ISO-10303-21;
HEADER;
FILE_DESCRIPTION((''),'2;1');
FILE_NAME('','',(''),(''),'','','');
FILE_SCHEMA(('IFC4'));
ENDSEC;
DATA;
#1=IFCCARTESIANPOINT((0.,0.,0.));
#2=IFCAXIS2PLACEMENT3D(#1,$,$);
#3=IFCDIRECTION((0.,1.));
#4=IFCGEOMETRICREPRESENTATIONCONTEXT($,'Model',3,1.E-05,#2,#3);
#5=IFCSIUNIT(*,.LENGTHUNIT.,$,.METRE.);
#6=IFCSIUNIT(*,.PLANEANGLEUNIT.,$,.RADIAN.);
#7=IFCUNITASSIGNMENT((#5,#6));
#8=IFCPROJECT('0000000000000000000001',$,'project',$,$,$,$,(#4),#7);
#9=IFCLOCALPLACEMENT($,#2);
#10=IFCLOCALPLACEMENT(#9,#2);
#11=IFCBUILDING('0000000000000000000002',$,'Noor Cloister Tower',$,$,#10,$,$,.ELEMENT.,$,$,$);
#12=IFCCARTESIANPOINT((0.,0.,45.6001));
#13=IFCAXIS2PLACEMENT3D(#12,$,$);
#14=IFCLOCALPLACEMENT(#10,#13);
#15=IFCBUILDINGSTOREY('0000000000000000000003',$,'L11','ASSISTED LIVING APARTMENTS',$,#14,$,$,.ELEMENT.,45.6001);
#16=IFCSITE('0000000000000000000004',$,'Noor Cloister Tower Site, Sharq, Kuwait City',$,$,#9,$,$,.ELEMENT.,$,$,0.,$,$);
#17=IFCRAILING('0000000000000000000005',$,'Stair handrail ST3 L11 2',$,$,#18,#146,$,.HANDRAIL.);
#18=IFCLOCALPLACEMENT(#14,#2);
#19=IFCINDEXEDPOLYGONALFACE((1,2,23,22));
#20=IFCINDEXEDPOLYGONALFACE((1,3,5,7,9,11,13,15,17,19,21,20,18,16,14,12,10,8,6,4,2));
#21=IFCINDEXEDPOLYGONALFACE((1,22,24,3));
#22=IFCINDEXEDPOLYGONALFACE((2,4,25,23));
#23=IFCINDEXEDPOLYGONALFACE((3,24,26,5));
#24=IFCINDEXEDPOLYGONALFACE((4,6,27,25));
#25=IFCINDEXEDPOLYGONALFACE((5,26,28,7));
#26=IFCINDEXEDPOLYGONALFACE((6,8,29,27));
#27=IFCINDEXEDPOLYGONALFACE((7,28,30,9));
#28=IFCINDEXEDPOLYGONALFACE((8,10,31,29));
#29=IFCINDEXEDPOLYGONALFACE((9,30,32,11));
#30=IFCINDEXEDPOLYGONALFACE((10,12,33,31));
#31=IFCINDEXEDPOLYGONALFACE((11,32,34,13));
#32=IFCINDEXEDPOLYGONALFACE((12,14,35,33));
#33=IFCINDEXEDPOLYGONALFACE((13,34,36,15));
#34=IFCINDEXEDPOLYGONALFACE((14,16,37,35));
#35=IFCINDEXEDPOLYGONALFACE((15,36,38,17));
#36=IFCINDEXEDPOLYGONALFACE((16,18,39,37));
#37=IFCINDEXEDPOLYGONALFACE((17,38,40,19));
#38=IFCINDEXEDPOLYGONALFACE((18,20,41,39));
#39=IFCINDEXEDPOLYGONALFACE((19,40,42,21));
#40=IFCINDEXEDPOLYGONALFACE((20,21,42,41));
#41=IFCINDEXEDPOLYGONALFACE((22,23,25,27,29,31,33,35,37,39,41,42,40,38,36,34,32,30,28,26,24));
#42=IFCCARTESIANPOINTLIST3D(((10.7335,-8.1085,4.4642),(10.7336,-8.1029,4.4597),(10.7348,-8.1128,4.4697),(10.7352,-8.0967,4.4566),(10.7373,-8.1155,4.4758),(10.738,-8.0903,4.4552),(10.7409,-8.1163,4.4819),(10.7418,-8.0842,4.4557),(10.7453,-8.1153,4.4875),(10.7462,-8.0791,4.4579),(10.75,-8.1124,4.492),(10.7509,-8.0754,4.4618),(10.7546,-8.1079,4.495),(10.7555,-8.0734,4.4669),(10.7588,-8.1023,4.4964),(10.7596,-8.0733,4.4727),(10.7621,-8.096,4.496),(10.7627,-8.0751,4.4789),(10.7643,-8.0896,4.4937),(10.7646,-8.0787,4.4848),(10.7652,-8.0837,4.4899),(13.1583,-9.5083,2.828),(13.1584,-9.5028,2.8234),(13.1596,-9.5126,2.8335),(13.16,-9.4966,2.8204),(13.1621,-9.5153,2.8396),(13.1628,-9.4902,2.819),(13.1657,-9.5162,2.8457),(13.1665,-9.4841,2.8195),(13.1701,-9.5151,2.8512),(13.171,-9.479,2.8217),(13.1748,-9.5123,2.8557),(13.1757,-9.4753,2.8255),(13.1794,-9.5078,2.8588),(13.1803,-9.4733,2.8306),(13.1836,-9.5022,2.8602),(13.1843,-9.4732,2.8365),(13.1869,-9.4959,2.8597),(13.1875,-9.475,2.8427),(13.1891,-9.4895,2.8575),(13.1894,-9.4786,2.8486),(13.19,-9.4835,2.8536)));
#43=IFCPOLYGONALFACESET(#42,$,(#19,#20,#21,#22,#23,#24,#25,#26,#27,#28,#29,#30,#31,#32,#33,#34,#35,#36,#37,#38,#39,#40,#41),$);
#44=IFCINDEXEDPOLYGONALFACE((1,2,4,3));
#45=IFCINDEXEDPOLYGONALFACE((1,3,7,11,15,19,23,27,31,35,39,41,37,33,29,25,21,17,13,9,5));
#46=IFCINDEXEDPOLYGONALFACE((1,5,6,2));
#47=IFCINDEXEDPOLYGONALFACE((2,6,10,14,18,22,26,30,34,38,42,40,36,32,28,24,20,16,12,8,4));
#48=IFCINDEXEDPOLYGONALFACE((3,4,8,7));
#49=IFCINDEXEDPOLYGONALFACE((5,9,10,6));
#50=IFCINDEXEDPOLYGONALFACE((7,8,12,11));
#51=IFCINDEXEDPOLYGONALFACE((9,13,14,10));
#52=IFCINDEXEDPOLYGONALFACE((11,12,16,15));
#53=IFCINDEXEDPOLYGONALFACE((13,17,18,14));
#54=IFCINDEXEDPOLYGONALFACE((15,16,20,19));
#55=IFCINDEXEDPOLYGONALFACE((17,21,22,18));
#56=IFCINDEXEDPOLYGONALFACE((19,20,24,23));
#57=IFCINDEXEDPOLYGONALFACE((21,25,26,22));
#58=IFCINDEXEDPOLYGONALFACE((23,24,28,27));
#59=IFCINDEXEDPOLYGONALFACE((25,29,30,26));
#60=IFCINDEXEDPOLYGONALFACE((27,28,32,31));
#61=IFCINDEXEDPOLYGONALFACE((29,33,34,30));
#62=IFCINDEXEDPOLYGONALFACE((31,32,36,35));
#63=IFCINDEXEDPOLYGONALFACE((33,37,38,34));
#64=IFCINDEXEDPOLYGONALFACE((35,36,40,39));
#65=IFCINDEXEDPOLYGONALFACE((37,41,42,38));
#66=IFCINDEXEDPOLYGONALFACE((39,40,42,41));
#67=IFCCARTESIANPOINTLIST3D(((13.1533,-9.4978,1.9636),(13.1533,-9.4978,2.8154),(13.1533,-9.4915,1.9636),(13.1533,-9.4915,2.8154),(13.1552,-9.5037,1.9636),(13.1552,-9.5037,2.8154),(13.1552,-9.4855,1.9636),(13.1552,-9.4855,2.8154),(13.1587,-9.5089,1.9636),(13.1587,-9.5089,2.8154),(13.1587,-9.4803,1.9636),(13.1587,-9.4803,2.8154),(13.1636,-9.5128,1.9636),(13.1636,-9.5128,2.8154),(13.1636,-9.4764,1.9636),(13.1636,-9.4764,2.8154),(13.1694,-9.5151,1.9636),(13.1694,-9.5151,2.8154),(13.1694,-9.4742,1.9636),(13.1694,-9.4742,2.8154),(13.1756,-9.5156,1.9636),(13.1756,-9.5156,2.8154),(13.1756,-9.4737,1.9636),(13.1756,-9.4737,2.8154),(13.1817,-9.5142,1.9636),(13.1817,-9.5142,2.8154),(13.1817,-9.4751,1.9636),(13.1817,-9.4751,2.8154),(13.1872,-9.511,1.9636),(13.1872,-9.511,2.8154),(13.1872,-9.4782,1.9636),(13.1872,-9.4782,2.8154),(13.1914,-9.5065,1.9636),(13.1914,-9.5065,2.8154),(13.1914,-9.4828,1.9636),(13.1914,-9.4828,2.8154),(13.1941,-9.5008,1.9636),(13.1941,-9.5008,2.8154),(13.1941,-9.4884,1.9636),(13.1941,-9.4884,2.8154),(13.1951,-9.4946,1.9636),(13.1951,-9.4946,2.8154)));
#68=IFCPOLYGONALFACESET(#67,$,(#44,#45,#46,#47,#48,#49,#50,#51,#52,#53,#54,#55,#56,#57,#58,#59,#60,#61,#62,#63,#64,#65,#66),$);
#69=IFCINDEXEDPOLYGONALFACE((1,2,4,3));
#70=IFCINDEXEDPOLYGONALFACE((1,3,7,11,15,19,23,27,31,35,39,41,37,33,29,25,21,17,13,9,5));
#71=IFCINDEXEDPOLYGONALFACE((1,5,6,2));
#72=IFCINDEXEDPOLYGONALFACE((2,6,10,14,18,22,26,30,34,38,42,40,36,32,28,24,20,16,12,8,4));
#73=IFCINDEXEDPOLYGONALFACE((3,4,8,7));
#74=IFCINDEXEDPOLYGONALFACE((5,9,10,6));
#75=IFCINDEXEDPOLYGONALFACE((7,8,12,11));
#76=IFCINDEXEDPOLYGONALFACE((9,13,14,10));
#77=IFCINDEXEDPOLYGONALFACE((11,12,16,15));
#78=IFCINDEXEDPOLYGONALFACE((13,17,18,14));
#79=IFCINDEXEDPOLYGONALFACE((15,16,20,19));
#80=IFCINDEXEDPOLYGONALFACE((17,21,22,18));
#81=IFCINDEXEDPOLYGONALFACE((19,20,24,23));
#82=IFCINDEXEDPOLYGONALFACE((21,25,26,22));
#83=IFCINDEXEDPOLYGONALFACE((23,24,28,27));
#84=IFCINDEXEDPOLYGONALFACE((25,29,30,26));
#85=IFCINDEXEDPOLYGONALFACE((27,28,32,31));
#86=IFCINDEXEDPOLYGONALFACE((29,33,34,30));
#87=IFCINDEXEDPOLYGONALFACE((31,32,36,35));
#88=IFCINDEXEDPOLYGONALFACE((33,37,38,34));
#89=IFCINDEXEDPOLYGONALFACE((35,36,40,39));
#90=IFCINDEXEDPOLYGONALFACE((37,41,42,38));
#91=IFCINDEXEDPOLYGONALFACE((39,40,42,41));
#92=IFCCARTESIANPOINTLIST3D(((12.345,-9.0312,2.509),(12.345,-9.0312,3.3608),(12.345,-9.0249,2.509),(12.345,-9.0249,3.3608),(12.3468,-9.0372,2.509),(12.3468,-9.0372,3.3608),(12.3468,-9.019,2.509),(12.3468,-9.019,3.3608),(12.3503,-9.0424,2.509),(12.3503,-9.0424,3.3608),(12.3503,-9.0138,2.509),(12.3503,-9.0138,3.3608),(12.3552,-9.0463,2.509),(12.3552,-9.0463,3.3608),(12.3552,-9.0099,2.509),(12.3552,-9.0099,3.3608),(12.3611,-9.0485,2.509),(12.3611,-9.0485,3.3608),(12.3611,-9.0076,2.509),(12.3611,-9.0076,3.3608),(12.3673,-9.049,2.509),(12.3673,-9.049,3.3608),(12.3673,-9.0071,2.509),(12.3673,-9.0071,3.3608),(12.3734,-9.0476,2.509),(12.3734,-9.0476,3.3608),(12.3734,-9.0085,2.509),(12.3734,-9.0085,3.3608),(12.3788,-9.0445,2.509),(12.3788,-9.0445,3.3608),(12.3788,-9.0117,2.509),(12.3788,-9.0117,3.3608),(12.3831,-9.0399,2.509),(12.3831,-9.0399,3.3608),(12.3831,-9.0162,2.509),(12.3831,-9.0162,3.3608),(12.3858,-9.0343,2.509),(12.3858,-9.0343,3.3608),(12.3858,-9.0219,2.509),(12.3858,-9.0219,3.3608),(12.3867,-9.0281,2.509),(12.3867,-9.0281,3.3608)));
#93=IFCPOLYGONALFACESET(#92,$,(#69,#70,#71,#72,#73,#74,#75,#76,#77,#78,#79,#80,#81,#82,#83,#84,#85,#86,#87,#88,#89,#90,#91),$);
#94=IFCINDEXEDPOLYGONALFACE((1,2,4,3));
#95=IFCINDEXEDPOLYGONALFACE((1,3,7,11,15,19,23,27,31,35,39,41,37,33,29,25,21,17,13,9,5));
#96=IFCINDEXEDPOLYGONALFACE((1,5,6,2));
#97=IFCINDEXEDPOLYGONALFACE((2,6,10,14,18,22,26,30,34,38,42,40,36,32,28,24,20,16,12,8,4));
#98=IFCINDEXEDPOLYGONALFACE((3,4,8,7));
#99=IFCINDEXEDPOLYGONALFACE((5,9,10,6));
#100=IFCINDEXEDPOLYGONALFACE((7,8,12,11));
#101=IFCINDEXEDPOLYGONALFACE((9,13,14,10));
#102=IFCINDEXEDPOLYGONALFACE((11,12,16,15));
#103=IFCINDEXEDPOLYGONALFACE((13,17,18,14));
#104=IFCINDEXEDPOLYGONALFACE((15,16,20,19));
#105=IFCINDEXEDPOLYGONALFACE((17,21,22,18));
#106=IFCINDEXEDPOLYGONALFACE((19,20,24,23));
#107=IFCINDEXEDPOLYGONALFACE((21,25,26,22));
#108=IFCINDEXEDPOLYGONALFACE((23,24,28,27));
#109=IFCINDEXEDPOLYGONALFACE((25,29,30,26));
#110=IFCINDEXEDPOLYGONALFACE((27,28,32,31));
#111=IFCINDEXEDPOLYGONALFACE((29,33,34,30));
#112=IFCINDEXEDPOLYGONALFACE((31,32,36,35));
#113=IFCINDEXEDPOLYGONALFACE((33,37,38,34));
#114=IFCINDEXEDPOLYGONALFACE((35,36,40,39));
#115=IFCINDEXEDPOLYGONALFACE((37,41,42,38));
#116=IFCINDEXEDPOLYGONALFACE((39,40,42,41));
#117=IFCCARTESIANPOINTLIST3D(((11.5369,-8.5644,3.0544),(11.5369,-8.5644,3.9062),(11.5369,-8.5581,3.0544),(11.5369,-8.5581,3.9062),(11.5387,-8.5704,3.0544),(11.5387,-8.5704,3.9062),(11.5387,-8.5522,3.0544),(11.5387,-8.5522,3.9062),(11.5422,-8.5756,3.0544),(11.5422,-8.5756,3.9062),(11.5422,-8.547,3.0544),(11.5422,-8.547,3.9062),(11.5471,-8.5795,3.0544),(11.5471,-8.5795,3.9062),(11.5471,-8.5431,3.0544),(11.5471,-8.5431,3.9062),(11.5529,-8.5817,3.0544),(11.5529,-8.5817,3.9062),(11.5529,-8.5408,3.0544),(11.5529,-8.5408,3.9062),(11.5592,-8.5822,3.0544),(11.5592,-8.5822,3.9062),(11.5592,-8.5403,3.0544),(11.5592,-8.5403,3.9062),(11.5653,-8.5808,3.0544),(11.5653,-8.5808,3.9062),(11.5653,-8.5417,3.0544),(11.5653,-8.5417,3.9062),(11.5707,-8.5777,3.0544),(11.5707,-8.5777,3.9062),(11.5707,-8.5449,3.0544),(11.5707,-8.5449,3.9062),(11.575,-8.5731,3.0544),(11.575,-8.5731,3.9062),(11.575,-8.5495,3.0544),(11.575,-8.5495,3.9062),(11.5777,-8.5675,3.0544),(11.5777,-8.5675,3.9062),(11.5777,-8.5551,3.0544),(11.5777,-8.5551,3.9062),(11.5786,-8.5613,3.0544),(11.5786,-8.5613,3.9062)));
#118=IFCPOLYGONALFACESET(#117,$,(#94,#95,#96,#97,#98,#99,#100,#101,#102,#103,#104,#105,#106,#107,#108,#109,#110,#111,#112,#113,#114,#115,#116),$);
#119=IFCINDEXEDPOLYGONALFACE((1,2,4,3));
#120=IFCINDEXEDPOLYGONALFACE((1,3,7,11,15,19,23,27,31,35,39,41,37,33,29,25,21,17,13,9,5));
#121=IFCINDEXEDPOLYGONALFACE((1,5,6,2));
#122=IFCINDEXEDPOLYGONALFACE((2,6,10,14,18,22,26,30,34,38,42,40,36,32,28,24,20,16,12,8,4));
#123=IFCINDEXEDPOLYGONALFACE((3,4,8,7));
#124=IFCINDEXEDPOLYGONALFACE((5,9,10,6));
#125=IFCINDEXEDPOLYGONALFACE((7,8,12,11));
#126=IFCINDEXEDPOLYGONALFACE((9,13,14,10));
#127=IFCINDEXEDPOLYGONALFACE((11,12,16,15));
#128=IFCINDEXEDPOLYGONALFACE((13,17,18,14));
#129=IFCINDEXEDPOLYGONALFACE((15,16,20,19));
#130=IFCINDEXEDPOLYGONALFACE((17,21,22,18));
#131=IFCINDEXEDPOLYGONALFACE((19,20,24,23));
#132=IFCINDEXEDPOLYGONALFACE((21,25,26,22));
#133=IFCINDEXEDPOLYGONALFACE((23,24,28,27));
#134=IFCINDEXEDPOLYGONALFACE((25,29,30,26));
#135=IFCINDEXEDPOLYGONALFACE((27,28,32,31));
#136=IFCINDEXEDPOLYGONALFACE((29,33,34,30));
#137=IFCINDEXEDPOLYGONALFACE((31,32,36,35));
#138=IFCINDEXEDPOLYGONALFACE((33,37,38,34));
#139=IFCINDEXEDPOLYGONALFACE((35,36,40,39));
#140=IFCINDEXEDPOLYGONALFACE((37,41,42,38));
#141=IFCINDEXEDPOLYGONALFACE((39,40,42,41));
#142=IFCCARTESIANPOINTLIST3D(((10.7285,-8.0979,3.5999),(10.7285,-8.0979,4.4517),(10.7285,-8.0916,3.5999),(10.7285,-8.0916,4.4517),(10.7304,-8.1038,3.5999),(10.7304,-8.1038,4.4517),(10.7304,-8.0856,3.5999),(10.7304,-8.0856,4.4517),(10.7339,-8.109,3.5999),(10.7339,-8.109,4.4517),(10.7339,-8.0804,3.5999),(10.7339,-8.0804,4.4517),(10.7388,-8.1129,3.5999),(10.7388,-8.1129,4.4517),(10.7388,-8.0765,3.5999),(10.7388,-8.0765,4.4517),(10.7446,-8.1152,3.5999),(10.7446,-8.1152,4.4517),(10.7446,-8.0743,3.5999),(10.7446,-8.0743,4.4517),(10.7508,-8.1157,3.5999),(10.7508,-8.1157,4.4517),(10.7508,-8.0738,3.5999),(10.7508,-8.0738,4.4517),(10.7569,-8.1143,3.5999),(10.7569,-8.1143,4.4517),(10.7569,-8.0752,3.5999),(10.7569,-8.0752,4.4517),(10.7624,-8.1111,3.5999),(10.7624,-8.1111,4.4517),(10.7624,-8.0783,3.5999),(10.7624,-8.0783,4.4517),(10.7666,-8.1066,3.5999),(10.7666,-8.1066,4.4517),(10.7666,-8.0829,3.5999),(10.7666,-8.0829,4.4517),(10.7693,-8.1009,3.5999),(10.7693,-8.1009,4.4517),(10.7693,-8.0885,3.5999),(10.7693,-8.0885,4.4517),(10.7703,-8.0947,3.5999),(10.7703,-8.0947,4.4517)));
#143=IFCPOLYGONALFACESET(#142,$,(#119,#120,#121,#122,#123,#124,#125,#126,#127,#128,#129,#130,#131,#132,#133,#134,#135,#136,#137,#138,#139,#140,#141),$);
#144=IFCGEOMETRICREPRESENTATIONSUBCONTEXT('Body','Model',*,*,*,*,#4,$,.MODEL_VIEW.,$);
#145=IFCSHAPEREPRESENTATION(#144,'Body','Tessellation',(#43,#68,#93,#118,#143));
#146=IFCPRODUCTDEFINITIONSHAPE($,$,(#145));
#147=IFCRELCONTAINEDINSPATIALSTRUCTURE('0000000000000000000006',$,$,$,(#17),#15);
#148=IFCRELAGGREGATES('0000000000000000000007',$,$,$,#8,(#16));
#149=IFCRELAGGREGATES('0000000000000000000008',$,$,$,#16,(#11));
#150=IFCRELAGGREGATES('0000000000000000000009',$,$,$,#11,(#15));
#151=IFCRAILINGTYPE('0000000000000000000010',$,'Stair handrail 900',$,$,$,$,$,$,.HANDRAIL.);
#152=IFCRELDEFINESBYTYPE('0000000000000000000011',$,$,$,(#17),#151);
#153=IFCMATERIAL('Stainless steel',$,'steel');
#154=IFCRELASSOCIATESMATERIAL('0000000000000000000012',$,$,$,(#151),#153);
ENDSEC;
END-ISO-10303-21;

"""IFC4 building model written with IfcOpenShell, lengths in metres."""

from ifc_helpers import new_model, si_unit, direction, frame, origin, origin_2d, place, context, subcontext, project, spatial, circle, extrude, material, type_object, element, save


model = new_model("IFC4")

# Units and contexts
model_context = context("Model", 3, precision=1e-05, world=origin(), true_north=direction((0.0, 1.0)))
body_context = subcontext(model_context, "Body", "Model", "MODEL_VIEW")
ifc_project = project(units=[si_unit("LENGTHUNIT", "METRE"), si_unit("PLANEANGLEUNIT", "RADIAN")], contexts=[model_context])

# Site, building, storey
site_placement = place(None, origin())
site = spatial("IfcSite", under=ifc_project, at=site_placement, Name="Noor Cloister Tower Site, Sharq, Kuwait City", CompositionType="ELEMENT", RefElevation=0.0)
building_placement = place(site_placement, origin())
building = spatial("IfcBuilding", under=site, at=building_placement, Name="Noor Cloister Tower", CompositionType="ELEMENT")
storey_placement = place(building_placement, frame((0.0, 0.0, 45.6001)))
storey = spatial("IfcBuildingStorey", under=building, at=storey_placement, Name="L11", Description="ASSISTED LIVING APARTMENTS", CompositionType="ELEMENT", Elevation=45.6001)

# Railing
ifc_material_1 = material(Name="Stainless steel", Category="steel")
railing_type = type_object("IfcRailingType", Name="Stair handrail 900", PredefinedType="HANDRAIL", material=ifc_material_1)
railing_placement = place(storey_placement, frame((13.1741, -9.4946, 1.9636)))
element("IfcRailing", 1, at=railing_placement, inside=storey, type_object=railing_type, Name="Stair handrail ST3 L11 2", PredefinedType="HANDRAIL", context=body_context, shape_type="SweptSolid", body=[
    extrude(circle(Radius=0.0239, at=origin_2d()), frame((0.0, 0.0, 0.876), z_axis=(-0.747718, 0.431677, 0.504552), x_axis=(-0.499984, -0.866035, 0.0)), (0.0, 0.0, 1.0), 3.2429),
    extrude(circle(Radius=0.021, at=origin_2d()), origin(), (0.0, 0.0, 1.0), 0.8518),
    extrude(circle(Radius=0.021, at=origin_2d()), frame((-0.8083, 0.4666, 0.5454)), (0.0, 0.0, 1.0), 0.8518),
    extrude(circle(Radius=0.021, at=origin_2d()), frame((-1.6165, 0.9333, 1.0908)), (0.0, 0.0, 1.0), 0.8518),
    extrude(circle(Radius=0.021, at=origin_2d()), frame((-2.4248, 1.3999, 1.6362)), (0.0, 0.0, 1.0), 0.8518),
])

save(model, "model.ifc")
